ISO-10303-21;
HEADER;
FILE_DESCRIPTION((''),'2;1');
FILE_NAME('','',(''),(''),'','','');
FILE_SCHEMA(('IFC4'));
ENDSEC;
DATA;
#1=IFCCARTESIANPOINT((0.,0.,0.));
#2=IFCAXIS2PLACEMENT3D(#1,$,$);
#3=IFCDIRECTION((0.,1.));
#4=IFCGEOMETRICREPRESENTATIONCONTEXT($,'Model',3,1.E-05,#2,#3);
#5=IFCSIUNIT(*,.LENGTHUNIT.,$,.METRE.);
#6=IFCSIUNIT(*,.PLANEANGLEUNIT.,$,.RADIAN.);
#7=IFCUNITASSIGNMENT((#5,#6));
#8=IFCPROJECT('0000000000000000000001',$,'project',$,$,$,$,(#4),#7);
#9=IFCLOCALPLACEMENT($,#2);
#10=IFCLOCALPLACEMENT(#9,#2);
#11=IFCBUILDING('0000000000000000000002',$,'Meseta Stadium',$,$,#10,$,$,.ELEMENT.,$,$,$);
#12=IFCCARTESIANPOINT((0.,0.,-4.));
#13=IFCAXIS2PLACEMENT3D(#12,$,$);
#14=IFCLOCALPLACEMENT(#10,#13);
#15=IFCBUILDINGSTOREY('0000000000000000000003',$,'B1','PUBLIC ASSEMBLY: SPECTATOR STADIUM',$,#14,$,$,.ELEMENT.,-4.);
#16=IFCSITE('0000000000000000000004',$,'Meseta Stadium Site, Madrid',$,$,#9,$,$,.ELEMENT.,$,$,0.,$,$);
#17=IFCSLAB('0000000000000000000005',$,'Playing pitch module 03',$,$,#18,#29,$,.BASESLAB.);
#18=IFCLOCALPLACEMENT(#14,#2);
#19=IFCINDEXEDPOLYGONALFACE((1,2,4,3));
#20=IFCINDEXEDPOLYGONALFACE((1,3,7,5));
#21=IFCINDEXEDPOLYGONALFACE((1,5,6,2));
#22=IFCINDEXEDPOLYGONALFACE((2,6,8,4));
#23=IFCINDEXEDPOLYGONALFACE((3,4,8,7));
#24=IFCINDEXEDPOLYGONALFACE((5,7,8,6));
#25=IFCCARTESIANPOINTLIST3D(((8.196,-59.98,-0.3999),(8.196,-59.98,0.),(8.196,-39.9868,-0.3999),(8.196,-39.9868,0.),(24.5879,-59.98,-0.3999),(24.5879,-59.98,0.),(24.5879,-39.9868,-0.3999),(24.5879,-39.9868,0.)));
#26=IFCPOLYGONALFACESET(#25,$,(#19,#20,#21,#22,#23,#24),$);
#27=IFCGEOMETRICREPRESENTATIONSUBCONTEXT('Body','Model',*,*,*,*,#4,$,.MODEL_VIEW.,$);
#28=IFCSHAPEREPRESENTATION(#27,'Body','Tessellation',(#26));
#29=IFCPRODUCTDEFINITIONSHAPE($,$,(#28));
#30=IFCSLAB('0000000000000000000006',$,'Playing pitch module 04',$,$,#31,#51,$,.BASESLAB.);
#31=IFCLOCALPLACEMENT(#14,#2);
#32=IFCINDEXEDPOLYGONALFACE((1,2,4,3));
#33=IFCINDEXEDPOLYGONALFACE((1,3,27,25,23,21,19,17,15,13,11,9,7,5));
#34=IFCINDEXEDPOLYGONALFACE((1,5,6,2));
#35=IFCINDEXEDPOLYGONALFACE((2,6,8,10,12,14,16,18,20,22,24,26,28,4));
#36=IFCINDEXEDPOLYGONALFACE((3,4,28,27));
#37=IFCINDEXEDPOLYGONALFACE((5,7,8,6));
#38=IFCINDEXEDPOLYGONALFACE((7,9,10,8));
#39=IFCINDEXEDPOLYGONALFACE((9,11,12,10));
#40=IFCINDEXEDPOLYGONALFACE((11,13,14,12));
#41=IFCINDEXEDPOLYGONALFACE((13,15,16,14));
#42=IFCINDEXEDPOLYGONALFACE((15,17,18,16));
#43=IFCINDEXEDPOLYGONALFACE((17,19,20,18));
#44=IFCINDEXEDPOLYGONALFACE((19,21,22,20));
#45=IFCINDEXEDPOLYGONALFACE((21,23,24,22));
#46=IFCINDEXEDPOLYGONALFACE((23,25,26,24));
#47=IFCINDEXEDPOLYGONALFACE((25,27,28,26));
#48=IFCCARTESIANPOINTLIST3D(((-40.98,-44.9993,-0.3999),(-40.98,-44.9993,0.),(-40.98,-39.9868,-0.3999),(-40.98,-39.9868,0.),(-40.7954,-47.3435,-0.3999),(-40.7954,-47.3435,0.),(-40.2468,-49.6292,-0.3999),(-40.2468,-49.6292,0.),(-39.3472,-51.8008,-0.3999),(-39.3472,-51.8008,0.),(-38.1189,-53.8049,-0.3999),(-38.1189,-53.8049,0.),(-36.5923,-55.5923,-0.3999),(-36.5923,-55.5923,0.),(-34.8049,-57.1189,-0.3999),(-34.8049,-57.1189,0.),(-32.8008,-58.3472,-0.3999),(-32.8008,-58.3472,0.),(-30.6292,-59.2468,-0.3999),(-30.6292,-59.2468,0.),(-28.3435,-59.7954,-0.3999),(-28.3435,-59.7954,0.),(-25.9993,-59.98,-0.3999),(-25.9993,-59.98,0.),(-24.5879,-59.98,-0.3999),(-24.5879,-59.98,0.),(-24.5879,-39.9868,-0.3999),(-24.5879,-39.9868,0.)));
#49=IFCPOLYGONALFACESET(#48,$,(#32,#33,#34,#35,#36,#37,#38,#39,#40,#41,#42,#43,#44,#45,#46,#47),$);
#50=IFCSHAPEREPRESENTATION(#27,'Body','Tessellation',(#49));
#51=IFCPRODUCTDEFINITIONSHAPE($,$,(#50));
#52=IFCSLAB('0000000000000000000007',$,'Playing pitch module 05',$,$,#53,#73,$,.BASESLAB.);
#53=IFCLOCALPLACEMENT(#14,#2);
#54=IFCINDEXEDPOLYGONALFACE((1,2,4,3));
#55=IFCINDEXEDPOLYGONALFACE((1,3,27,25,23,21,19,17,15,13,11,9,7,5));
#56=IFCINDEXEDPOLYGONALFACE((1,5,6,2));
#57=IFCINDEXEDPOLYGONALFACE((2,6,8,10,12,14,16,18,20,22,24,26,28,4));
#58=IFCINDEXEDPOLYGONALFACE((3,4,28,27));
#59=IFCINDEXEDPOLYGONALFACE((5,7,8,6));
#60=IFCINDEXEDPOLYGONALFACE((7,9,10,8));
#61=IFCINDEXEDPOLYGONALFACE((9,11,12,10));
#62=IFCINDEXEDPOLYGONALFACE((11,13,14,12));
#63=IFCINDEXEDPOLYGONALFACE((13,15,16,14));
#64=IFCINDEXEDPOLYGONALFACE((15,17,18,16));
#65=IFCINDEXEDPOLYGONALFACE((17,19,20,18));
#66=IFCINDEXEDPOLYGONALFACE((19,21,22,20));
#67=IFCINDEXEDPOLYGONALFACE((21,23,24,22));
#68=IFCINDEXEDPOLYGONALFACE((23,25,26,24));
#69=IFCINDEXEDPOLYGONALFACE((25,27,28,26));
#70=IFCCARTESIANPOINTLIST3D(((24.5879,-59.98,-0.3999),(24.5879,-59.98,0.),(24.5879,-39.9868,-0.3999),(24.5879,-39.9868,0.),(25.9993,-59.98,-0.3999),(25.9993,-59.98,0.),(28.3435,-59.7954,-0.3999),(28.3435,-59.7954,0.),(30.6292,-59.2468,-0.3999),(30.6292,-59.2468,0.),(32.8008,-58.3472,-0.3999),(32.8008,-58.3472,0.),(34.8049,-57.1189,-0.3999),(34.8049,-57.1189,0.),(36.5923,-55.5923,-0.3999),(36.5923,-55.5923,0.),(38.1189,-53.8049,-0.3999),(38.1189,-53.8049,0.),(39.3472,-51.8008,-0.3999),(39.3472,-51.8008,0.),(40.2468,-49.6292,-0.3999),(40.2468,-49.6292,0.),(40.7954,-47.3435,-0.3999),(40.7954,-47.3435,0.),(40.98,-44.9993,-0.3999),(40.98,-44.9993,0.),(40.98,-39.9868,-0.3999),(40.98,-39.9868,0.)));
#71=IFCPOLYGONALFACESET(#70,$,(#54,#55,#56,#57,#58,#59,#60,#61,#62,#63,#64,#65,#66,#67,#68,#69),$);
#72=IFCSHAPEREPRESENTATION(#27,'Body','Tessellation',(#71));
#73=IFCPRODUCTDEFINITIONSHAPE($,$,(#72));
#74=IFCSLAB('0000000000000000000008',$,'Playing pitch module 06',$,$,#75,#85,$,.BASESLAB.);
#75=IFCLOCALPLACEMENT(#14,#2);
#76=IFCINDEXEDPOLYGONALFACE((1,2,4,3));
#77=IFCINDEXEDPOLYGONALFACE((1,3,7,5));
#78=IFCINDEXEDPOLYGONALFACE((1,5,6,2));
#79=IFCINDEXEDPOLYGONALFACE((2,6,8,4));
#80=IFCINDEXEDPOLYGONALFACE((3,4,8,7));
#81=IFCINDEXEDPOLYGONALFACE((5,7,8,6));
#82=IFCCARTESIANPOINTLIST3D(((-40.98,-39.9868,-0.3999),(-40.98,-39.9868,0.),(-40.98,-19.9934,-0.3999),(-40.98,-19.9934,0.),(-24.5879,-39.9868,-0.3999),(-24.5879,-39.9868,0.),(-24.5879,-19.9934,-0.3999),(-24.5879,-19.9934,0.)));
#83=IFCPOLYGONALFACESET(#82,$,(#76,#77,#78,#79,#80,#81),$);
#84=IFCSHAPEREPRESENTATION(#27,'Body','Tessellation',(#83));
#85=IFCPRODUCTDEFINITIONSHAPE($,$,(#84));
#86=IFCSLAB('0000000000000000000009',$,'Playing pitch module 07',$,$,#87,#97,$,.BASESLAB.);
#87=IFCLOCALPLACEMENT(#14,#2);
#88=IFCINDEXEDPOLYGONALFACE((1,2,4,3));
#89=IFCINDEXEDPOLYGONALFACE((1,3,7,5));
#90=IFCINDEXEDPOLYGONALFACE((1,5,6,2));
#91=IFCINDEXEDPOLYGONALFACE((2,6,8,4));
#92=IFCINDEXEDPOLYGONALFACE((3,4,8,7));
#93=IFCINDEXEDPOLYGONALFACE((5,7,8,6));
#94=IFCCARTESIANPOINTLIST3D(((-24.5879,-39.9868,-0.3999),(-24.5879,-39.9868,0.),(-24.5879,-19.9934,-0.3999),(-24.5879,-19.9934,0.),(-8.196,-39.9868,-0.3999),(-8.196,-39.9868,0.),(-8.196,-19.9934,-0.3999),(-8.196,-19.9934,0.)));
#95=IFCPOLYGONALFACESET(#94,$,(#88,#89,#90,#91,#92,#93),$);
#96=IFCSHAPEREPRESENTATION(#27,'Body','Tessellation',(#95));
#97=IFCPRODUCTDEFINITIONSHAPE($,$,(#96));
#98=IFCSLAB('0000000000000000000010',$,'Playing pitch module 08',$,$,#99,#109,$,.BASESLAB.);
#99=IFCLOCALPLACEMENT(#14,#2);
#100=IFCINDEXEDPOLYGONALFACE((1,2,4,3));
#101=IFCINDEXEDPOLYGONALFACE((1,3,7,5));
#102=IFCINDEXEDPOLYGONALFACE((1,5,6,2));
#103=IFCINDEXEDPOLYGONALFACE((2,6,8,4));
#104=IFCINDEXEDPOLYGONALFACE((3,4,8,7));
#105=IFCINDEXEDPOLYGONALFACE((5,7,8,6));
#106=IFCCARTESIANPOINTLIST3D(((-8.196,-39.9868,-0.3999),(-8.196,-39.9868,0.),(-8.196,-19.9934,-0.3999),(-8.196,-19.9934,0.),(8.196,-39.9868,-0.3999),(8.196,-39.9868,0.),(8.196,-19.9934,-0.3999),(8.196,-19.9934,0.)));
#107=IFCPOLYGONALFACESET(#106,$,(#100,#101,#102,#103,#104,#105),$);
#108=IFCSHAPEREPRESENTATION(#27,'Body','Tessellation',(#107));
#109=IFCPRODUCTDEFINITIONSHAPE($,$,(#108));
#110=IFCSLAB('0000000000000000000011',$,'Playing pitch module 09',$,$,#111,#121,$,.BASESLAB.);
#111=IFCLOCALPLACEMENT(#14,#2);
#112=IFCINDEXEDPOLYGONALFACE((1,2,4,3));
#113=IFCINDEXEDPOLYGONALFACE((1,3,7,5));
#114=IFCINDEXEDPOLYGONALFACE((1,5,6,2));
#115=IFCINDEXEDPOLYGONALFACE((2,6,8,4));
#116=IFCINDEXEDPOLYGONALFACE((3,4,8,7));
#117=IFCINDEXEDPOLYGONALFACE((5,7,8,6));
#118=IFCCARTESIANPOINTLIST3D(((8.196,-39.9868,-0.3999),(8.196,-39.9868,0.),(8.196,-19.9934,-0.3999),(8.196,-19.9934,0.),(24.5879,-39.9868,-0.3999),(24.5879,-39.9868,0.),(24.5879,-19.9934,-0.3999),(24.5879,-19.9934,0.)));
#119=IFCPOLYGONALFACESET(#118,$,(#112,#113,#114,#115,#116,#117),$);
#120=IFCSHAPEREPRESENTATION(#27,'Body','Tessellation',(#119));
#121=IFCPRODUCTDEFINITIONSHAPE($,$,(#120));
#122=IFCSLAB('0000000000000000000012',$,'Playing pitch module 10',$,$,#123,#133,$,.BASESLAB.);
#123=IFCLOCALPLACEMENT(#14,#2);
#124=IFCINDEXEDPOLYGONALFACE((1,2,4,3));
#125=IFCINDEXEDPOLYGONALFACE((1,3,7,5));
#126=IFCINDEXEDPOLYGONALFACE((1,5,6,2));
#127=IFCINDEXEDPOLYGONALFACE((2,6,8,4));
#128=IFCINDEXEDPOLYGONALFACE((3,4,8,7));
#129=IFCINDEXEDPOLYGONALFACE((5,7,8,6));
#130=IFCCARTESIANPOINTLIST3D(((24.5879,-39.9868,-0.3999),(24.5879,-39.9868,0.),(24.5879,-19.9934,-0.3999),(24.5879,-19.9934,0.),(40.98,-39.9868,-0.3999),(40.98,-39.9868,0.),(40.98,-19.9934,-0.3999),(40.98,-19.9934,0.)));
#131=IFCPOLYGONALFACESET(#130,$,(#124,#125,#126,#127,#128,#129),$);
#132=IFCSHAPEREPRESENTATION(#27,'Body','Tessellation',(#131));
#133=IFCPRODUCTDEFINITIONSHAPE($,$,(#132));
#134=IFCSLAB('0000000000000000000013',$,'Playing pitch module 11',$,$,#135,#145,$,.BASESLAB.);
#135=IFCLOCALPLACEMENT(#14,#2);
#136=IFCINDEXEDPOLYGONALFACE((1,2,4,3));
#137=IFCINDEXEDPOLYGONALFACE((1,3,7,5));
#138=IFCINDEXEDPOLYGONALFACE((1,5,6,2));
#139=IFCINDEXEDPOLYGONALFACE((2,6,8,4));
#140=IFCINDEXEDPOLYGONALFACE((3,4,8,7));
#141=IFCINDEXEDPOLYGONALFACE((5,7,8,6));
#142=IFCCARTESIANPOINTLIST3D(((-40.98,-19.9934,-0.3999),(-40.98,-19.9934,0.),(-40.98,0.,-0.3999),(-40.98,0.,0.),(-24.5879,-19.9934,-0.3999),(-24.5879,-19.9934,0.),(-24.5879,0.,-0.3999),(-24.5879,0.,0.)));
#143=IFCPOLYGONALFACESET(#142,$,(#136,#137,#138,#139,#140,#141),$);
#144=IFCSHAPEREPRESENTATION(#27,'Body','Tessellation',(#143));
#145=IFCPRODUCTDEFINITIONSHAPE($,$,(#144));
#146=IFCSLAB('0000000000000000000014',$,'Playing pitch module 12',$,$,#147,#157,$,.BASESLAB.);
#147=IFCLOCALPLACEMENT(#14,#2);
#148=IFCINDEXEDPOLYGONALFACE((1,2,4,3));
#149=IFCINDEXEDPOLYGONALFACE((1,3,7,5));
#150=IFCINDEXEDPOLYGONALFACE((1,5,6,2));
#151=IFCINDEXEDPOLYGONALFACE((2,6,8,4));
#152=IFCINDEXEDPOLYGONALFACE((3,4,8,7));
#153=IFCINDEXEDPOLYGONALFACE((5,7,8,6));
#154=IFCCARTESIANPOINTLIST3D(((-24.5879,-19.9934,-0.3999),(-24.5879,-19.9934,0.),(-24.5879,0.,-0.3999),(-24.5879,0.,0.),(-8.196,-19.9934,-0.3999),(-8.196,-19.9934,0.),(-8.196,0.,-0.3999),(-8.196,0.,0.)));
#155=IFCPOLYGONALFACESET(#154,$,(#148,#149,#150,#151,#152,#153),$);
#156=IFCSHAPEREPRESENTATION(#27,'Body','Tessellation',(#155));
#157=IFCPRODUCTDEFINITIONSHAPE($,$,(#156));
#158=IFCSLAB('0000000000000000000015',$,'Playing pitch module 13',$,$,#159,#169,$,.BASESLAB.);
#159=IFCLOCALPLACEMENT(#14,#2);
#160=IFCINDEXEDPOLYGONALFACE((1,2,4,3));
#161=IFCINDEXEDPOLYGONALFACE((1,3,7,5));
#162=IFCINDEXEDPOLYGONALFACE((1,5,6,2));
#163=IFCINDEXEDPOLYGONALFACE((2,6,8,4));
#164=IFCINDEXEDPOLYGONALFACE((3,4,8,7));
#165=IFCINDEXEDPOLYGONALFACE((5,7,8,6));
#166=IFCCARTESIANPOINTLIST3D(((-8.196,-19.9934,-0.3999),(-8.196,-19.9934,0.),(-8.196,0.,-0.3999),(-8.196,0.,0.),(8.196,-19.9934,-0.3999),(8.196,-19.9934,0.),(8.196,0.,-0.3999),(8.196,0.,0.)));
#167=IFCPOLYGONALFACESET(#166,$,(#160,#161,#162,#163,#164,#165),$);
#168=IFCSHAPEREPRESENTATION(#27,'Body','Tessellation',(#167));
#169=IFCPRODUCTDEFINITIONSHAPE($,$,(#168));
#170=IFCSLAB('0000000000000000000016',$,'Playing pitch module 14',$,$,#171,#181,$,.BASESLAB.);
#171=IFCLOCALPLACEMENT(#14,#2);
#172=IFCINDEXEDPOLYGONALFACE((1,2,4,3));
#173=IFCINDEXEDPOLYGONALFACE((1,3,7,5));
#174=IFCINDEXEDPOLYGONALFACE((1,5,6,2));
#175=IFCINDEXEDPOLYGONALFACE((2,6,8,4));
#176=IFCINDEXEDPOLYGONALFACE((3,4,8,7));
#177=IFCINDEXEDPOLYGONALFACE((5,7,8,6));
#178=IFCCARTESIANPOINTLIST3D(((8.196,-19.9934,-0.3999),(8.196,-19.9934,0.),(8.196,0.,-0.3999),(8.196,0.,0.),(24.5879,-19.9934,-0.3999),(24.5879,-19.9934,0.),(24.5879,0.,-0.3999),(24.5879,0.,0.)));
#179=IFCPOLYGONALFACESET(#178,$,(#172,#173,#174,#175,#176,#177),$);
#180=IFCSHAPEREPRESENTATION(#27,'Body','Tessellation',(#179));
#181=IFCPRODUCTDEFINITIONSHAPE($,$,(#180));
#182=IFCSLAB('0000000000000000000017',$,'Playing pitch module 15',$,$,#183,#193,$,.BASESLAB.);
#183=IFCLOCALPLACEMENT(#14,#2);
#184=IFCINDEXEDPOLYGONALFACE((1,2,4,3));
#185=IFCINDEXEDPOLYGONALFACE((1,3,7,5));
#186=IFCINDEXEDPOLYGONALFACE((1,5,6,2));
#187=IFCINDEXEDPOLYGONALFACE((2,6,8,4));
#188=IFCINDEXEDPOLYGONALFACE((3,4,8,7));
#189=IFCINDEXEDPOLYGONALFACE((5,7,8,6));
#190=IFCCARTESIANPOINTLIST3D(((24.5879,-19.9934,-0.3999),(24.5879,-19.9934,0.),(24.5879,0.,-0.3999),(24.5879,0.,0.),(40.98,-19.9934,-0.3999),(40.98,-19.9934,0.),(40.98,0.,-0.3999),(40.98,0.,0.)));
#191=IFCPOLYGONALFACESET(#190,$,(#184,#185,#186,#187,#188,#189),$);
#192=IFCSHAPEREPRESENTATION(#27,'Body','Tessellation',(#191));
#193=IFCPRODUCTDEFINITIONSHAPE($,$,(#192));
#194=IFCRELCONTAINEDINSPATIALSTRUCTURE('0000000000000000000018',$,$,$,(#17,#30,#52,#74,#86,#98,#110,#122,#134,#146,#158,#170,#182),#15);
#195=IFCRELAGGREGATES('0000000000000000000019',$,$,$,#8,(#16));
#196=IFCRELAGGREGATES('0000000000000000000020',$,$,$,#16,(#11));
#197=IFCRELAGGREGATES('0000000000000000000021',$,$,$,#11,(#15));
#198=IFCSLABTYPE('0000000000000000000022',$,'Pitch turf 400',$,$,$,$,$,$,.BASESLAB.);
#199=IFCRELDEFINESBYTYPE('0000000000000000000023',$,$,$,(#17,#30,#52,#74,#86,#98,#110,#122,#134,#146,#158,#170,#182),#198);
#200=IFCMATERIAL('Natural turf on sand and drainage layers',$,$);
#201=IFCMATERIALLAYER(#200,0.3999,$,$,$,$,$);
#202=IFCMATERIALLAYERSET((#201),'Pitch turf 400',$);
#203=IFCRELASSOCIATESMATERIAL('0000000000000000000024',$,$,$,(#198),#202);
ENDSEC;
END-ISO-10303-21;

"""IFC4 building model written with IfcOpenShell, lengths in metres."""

from ifc_helpers import new_model, si_unit, direction, frame, origin, place, context, subcontext, project, spatial, polyline, outline, extrude, material, layer, layer_set, type_object, element, save


model = new_model("IFC4")

# Units and contexts
model_context = context("Model", 3, precision=1e-05, world=origin(), true_north=direction((0.0, 1.0)))
body_context = subcontext(model_context, "Body", "Model", "MODEL_VIEW")
ifc_project = project(units=[si_unit("LENGTHUNIT", "METRE"), si_unit("PLANEANGLEUNIT", "RADIAN")], contexts=[model_context])

# Site, building, storey
site_placement = place(None, origin())
site = spatial("IfcSite", under=ifc_project, at=site_placement, Name="Meseta Stadium Site, Madrid", CompositionType="ELEMENT", RefElevation=0.0)
building_placement = place(site_placement, origin())
building = spatial("IfcBuilding", under=site, at=building_placement, Name="Meseta Stadium", CompositionType="ELEMENT")
storey_placement = place(building_placement, frame((0.0, 0.0, -4.0)))
storey = spatial("IfcBuildingStorey", under=building, at=storey_placement, Name="B1", Description="PUBLIC ASSEMBLY: SPECTATOR STADIUM", CompositionType="ELEMENT", Elevation=-4.0)

# Slabs
ifc_material_1 = material(Name="Natural turf on sand and drainage layers")
ifc_layer = layer(ifc_material_1, 0.3999)
ifc_layer_set = layer_set([ifc_layer], Name="Pitch turf 400")
slab_type = type_object("IfcSlabType", Name="Pitch turf 400", PredefinedType="BASESLAB", material=ifc_layer_set)
slab_1_placement = place(storey_placement, frame((0.0, 0.0, -0.3999)))
element("IfcSlab", 1, at=slab_1_placement, inside=storey, type_object=slab_type, Name="Playing pitch module 03", PredefinedType="BASESLAB", context=body_context, shape_type="SweptSolid", body=[
    extrude(outline(polyline([(8.196, -59.98), (24.5879, -59.98), (24.5879, -39.9868), (8.196, -39.9868), (8.196, -59.98)])), origin(), (0.0, 0.0, 1.0), 0.3999),
])
slab_2_placement = place(storey_placement, frame((0.0, 0.0, -0.3999)))
element("IfcSlab", 2, at=slab_2_placement, inside=storey, type_object=slab_type, Name="Playing pitch module 04", PredefinedType="BASESLAB", context=body_context, shape_type="SweptSolid", body=[
    extrude(outline(polyline([(-40.98, -39.9868), (-40.98, -44.9993), (-40.7954, -47.3435), (-40.2468, -49.6292), (-39.3472, -51.8008), (-38.1189, -53.8049), (-36.5923, -55.5923), (-34.8049, -57.1189), (-32.8008, -58.3472), (-30.6292, -59.2468), (-28.3435, -59.7954), (-25.9993, -59.98), (-24.5879, -59.98), (-24.5879, -39.9868), (-40.98, -39.9868)])), origin(), (0.0, 0.0, 1.0), 0.3999),
])
slab_3_placement = place(storey_placement, frame((0.0, 0.0, -0.3999)))
element("IfcSlab", 3, at=slab_3_placement, inside=storey, type_object=slab_type, Name="Playing pitch module 05", PredefinedType="BASESLAB", context=body_context, shape_type="SweptSolid", body=[
    extrude(outline(polyline([(40.98, -39.9868), (24.5879, -39.9868), (24.5879, -59.98), (25.9993, -59.98), (28.3435, -59.7954), (30.6292, -59.2468), (32.8008, -58.3472), (34.8049, -57.1189), (36.5923, -55.5923), (38.1189, -53.8049), (39.3472, -51.8008), (40.2468, -49.6292), (40.7954, -47.3435), (40.98, -44.9993), (40.98, -39.9868)])), origin(), (0.0, 0.0, 1.0), 0.3999),
])
slab_4_placement = place(storey_placement, frame((0.0, 0.0, -0.3999)))
element("IfcSlab", 4, at=slab_4_placement, inside=storey, type_object=slab_type, Name="Playing pitch module 06", PredefinedType="BASESLAB", context=body_context, shape_type="SweptSolid", body=[
    extrude(outline(polyline([(-40.98, -19.9934), (-40.98, -39.9868), (-24.5879, -39.9868), (-24.5879, -19.9934), (-40.98, -19.9934)])), origin(), (0.0, 0.0, 1.0), 0.3999),
])
slab_5_placement = place(storey_placement, frame((0.0, 0.0, -0.3999)))
element("IfcSlab", 5, at=slab_5_placement, inside=storey, type_object=slab_type, Name="Playing pitch module 07", PredefinedType="BASESLAB", context=body_context, shape_type="SweptSolid", body=[
    extrude(outline(polyline([(-8.196, -39.9868), (-8.196, -19.9934), (-24.5879, -19.9934), (-24.5879, -39.9868), (-8.196, -39.9868)])), origin(), (0.0, 0.0, 1.0), 0.3999),
])
slab_6_placement = place(storey_placement, frame((0.0, 0.0, -0.3999)))
element("IfcSlab", 6, at=slab_6_placement, inside=storey, type_object=slab_type, Name="Playing pitch module 08", PredefinedType="BASESLAB", context=body_context, shape_type="SweptSolid", body=[
    extrude(outline(polyline([(8.196, -39.9868), (8.196, -19.9934), (-8.196, -19.9934), (-8.196, -39.9868), (8.196, -39.9868)])), origin(), (0.0, 0.0, 1.0), 0.3999),
])
slab_7_placement = place(storey_placement, frame((0.0, 0.0, -0.3999)))
element("IfcSlab", 7, at=slab_7_placement, inside=storey, type_object=slab_type, Name="Playing pitch module 09", PredefinedType="BASESLAB", context=body_context, shape_type="SweptSolid", body=[
    extrude(outline(polyline([(24.5879, -39.9868), (24.5879, -19.9934), (8.196, -19.9934), (8.196, -39.9868), (24.5879, -39.9868)])), origin(), (0.0, 0.0, 1.0), 0.3999),
])
slab_8_placement = place(storey_placement, frame((0.0, 0.0, -0.3999)))
element("IfcSlab", 8, at=slab_8_placement, inside=storey, type_object=slab_type, Name="Playing pitch module 10", PredefinedType="BASESLAB", context=body_context, shape_type="SweptSolid", body=[
    extrude(outline(polyline([(40.98, -19.9934), (24.5879, -19.9934), (24.5879, -39.9868), (40.98, -39.9868), (40.98, -19.9934)])), origin(), (0.0, 0.0, 1.0), 0.3999),
])
slab_9_placement = place(storey_placement, frame((0.0, 0.0, -0.3999)))
element("IfcSlab", 9, at=slab_9_placement, inside=storey, type_object=slab_type, Name="Playing pitch module 11", PredefinedType="BASESLAB", context=body_context, shape_type="SweptSolid", body=[
    extrude(outline(polyline([(-40.98, 0.0), (-40.98, -19.9934), (-24.5879, -19.9934), (-24.5879, 0.0), (-40.98, 0.0)])), origin(), (0.0, 0.0, 1.0), 0.3999),
])
slab_10_placement = place(storey_placement, frame((0.0, 0.0, -0.3999)))
element("IfcSlab", 10, at=slab_10_placement, inside=storey, type_object=slab_type, Name="Playing pitch module 12", PredefinedType="BASESLAB", context=body_context, shape_type="SweptSolid", body=[
    extrude(outline(polyline([(-8.196, -19.9934), (-8.196, 0.0), (-24.5879, 0.0), (-24.5879, -19.9934), (-8.196, -19.9934)])), origin(), (0.0, 0.0, 1.0), 0.3999),
])
slab_11_placement = place(storey_placement, frame((0.0, 0.0, -0.3999)))
element("IfcSlab", 11, at=slab_11_placement, inside=storey, type_object=slab_type, Name="Playing pitch module 13", PredefinedType="BASESLAB", context=body_context, shape_type="SweptSolid", body=[
    extrude(outline(polyline([(8.196, -19.9934), (8.196, 0.0), (-8.196, 0.0), (-8.196, -19.9934), (8.196, -19.9934)])), origin(), (0.0, 0.0, 1.0), 0.3999),
])
slab_12_placement = place(storey_placement, frame((0.0, 0.0, -0.3999)))
element("IfcSlab", 12, at=slab_12_placement, inside=storey, type_object=slab_type, Name="Playing pitch module 14", PredefinedType="BASESLAB", context=body_context, shape_type="SweptSolid", body=[
    extrude(outline(polyline([(24.5879, -19.9934), (24.5879, 0.0), (8.196, 0.0), (8.196, -19.9934), (24.5879, -19.9934)])), origin(), (0.0, 0.0, 1.0), 0.3999),
])
slab_13_placement = place(storey_placement, frame((0.0, 0.0, -0.3999)))
element("IfcSlab", 13, at=slab_13_placement, inside=storey, type_object=slab_type, Name="Playing pitch module 15", PredefinedType="BASESLAB", context=body_context, shape_type="SweptSolid", body=[
    extrude(outline(polyline([(40.98, 0.0), (24.5879, 0.0), (24.5879, -19.9934), (40.98, -19.9934), (40.98, 0.0)])), origin(), (0.0, 0.0, 1.0), 0.3999),
])

save(model, "model.ifc")
